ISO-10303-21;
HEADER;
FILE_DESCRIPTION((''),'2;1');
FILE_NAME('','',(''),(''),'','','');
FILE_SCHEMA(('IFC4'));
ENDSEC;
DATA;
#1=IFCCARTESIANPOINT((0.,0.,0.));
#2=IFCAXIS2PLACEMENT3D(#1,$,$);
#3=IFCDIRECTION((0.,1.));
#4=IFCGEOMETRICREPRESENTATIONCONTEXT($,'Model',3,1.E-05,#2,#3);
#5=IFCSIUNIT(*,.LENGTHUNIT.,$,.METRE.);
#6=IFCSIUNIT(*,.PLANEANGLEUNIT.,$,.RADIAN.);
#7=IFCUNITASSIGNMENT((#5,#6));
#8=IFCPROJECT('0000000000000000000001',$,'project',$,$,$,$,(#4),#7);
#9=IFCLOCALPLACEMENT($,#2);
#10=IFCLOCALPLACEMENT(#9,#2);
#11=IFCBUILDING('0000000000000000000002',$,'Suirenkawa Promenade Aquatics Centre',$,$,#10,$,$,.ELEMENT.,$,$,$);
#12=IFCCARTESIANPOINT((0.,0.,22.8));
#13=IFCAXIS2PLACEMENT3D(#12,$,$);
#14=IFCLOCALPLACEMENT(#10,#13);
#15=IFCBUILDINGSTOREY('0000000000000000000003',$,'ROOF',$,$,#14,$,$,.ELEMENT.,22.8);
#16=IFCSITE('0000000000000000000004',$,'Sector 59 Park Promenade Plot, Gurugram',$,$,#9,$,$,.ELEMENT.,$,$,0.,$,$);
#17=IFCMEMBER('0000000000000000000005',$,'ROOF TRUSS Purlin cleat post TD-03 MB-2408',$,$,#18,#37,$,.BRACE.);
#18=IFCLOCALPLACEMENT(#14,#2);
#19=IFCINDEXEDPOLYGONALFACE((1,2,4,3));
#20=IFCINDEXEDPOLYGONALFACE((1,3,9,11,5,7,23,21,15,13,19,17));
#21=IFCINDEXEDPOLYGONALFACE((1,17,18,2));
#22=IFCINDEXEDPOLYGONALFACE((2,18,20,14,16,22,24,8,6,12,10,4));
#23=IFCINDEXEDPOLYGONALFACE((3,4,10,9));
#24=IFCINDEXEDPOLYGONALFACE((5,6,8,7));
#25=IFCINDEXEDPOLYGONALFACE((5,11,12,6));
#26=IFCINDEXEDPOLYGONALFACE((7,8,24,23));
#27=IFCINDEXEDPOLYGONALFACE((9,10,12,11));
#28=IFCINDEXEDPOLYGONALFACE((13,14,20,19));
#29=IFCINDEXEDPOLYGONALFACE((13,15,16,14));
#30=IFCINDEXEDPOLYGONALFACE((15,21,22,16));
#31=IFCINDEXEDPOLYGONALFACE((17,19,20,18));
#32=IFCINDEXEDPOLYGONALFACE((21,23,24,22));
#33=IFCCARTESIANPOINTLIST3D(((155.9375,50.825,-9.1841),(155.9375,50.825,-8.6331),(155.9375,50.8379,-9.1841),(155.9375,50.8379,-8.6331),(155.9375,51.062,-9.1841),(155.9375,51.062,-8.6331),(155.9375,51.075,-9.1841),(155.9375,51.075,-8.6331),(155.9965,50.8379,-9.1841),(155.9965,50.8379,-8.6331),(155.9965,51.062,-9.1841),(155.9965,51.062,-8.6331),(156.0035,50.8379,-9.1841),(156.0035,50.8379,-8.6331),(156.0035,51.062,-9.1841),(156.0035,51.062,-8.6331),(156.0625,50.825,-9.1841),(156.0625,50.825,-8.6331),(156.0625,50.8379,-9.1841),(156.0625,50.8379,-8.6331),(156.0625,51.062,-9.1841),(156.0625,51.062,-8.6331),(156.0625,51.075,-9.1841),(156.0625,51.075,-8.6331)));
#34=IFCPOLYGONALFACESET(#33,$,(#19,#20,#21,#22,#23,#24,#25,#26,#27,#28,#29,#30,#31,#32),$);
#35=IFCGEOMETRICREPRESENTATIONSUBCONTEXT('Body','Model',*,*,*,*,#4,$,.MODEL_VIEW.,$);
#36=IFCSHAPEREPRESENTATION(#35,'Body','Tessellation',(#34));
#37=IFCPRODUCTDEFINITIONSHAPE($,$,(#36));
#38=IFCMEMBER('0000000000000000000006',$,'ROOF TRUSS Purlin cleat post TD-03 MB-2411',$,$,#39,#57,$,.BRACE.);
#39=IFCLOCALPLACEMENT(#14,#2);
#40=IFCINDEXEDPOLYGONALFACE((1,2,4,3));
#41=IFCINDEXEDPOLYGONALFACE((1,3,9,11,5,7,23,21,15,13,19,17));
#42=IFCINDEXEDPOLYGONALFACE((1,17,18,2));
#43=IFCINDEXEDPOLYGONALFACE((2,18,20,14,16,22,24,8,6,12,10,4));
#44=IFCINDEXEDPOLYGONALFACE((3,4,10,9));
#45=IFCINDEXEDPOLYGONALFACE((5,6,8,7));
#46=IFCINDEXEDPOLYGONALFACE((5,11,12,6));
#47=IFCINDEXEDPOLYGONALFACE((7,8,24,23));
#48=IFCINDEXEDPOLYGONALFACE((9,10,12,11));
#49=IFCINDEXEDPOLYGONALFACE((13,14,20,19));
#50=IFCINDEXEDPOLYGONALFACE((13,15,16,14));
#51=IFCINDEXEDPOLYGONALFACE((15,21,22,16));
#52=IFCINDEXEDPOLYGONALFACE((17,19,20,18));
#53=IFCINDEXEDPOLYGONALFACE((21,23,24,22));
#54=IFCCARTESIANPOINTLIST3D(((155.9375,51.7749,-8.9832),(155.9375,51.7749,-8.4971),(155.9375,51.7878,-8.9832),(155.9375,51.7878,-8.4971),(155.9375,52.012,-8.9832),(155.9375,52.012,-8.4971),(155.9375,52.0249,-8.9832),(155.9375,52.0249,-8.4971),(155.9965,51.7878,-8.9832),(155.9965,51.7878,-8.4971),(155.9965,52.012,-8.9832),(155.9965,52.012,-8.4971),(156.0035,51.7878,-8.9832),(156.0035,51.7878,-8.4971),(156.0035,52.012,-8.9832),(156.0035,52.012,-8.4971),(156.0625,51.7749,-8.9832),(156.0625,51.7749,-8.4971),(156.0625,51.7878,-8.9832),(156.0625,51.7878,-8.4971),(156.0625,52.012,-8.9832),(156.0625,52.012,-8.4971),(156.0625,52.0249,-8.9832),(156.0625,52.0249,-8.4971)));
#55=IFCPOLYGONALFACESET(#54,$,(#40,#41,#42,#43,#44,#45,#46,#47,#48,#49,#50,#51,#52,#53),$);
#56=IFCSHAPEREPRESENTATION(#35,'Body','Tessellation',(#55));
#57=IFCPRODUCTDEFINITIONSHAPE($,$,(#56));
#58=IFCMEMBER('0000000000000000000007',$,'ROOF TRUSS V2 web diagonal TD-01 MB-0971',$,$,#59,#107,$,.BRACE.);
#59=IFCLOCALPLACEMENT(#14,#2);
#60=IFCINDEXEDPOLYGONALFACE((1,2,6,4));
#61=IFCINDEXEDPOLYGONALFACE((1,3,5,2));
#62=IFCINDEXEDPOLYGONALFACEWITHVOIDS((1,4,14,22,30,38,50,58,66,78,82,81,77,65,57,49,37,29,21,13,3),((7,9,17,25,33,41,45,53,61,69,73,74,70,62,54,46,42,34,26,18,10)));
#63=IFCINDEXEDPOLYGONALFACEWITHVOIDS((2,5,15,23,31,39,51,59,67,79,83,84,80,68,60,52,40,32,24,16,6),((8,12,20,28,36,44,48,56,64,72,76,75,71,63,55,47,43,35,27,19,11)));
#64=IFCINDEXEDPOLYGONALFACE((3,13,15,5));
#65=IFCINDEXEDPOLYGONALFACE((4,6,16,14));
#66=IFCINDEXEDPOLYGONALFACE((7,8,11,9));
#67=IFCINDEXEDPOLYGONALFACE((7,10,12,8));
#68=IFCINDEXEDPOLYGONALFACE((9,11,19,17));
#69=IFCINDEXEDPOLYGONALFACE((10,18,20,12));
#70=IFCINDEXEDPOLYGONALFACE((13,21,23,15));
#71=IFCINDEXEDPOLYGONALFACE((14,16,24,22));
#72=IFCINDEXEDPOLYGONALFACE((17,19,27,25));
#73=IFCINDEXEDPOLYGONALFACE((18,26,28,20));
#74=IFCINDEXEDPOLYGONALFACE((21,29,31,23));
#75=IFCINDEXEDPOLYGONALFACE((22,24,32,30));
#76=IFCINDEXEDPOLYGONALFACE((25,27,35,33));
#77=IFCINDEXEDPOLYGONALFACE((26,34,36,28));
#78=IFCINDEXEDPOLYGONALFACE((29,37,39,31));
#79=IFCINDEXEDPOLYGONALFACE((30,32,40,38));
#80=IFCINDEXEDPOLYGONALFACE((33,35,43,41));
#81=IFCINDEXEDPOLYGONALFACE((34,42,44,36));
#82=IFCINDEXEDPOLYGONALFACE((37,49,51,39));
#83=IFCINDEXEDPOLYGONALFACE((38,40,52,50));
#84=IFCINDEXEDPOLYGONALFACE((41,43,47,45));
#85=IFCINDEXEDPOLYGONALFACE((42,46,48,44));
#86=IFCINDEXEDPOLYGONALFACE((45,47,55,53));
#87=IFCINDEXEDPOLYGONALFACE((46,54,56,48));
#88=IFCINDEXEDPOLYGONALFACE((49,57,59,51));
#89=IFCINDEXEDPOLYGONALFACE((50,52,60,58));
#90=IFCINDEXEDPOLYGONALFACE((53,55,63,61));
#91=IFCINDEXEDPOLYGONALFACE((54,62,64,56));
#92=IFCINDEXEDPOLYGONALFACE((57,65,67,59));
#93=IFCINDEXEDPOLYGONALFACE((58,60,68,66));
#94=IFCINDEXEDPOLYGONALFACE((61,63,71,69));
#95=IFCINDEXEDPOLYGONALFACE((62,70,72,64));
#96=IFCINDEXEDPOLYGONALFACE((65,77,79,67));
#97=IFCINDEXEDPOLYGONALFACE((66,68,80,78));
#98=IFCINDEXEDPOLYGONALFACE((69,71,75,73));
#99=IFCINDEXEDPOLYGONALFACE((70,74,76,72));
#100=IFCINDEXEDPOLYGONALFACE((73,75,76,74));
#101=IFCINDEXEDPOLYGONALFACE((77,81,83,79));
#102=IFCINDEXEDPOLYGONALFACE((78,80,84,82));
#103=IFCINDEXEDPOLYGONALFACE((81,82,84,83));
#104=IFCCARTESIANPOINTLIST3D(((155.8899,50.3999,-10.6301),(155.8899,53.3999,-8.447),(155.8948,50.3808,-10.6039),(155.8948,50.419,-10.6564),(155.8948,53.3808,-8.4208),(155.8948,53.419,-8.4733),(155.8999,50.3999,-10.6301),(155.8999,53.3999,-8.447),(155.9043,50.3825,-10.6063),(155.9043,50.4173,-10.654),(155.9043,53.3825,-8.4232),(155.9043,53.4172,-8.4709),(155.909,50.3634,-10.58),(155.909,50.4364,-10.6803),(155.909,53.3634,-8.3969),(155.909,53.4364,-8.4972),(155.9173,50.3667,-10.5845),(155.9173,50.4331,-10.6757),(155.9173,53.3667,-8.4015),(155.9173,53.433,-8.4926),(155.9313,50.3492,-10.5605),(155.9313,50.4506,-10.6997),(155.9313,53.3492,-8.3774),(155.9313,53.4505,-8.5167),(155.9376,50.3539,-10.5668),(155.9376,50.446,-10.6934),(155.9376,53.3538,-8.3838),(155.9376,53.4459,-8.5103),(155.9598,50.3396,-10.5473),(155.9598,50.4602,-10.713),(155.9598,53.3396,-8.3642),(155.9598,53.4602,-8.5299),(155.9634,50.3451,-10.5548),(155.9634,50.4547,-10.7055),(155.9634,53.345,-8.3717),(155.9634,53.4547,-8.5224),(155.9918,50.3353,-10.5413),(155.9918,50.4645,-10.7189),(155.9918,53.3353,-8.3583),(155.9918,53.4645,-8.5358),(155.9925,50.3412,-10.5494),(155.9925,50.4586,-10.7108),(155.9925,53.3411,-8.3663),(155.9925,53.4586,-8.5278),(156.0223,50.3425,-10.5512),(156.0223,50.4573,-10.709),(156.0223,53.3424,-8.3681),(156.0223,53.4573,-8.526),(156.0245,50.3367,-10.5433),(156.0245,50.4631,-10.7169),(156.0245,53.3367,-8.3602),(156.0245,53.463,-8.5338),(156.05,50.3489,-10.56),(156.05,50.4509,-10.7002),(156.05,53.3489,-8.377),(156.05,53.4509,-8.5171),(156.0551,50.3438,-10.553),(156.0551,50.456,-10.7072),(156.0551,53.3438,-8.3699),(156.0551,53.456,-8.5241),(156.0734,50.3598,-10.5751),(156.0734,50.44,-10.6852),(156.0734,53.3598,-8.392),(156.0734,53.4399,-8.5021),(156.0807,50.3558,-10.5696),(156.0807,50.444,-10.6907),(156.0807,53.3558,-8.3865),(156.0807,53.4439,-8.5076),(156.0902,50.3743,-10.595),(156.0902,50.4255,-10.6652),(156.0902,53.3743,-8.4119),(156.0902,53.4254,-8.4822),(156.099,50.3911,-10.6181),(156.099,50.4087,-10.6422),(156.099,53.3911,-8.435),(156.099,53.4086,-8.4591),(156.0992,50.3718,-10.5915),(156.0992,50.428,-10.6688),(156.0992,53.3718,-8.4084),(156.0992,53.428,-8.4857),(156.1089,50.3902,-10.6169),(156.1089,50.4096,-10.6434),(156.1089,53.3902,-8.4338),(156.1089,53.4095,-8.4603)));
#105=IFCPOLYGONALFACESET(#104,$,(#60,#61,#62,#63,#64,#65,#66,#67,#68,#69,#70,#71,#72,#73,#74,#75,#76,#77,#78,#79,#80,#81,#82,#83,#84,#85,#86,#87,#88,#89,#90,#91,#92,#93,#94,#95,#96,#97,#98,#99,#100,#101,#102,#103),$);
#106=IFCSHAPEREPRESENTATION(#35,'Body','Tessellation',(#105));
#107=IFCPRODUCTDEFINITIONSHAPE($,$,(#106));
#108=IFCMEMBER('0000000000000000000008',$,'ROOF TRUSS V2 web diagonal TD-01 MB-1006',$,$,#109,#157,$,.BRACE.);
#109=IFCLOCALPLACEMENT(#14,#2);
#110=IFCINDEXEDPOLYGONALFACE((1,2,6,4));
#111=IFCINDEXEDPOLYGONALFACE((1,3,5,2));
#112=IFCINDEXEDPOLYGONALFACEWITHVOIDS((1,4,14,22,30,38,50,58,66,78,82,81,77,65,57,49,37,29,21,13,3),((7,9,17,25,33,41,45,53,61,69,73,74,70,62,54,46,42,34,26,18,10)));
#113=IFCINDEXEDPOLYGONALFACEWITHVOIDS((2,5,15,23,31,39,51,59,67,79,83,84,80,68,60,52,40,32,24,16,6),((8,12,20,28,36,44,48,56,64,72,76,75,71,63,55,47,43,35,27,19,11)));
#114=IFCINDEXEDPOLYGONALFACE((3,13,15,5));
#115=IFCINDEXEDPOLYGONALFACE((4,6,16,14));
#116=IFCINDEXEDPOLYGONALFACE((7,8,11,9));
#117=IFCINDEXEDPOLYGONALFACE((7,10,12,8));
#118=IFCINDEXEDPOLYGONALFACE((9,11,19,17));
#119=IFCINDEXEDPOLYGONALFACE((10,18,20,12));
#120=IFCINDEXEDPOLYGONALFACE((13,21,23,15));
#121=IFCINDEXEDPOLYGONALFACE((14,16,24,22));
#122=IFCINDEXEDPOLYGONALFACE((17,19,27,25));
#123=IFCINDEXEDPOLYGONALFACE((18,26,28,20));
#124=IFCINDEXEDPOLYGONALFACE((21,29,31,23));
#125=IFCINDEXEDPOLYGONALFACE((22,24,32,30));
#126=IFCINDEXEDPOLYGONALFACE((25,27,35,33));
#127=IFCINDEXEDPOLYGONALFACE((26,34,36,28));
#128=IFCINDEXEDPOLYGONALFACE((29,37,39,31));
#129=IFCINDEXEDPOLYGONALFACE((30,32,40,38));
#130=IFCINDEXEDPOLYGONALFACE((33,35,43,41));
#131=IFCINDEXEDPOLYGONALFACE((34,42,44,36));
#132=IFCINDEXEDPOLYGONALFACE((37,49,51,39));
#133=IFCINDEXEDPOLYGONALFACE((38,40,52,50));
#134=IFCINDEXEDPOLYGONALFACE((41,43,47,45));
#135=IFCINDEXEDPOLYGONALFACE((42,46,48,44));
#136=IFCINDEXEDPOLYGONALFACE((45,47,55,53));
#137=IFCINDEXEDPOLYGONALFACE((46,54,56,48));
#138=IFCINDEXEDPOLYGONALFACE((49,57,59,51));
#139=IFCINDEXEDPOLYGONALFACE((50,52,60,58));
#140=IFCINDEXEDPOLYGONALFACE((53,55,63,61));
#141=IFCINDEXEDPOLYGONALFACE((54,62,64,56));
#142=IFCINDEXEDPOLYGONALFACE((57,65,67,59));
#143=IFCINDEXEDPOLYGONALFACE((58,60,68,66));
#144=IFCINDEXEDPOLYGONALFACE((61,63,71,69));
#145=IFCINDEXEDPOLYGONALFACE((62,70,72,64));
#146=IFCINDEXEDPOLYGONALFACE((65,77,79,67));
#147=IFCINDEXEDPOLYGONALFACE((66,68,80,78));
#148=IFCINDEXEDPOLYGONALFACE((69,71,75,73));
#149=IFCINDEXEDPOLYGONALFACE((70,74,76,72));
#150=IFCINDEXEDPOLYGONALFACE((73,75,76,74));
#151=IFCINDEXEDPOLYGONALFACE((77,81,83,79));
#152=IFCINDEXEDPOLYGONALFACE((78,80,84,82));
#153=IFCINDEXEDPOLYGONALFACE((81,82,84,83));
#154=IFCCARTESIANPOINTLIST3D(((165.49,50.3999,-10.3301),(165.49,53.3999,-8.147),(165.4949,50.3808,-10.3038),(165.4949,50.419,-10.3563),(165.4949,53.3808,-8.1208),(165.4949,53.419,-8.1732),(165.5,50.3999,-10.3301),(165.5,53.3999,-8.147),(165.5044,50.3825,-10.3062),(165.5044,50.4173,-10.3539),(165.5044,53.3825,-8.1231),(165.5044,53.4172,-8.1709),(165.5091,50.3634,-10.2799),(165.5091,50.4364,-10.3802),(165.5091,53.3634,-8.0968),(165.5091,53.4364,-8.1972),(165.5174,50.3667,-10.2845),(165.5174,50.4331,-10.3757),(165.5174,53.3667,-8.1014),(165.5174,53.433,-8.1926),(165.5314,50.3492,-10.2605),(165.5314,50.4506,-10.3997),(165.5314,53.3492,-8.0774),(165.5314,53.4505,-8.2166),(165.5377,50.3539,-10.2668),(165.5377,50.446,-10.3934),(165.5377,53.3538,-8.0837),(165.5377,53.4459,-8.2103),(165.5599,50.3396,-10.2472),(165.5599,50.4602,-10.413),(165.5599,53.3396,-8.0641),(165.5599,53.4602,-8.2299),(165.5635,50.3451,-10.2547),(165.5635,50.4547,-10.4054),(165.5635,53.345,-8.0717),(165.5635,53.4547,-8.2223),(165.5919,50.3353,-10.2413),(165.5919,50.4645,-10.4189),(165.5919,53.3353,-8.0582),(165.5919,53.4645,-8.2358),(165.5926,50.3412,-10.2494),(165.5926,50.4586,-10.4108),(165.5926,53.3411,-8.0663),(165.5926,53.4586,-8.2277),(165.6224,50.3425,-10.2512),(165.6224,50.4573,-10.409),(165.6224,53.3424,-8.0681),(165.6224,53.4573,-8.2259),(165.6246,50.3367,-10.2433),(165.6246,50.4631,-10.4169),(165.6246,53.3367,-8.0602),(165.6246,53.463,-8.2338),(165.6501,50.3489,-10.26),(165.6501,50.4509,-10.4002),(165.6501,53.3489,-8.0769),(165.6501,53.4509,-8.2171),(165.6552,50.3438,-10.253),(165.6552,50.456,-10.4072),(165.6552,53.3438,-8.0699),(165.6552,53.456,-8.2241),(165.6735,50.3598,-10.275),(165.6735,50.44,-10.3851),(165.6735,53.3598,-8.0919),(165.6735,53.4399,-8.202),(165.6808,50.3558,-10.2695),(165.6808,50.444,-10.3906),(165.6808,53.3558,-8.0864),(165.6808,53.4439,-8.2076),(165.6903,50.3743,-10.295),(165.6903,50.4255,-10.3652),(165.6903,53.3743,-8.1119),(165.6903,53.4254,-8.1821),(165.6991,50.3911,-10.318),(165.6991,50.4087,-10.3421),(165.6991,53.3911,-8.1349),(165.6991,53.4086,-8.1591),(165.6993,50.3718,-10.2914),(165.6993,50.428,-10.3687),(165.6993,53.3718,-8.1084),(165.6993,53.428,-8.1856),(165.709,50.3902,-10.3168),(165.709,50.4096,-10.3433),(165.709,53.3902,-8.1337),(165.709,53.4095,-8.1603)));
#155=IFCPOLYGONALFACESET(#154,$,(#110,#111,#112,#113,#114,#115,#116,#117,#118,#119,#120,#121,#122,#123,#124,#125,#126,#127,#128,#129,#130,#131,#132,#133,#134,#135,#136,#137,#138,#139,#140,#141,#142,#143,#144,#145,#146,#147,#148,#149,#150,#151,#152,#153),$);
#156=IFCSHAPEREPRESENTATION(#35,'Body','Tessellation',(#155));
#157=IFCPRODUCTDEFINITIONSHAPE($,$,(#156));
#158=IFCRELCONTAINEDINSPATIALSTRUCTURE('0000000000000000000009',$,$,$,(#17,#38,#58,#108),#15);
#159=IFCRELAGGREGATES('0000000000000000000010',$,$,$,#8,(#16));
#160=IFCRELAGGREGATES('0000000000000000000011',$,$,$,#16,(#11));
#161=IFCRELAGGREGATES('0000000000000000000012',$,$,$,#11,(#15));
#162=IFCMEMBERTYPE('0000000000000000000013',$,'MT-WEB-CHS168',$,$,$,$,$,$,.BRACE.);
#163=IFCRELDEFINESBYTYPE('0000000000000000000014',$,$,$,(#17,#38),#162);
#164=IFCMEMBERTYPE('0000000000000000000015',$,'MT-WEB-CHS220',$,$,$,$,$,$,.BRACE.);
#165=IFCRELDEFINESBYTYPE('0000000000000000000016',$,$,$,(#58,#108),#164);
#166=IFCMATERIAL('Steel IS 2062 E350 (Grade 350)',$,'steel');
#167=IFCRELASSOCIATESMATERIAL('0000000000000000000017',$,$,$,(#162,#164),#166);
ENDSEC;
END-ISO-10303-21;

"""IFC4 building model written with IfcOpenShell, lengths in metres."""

from ifc_helpers import new_model, si_unit, direction, frame, origin, origin_2d, place, context, subcontext, project, spatial, hollow_circle, i_section, extrude, material, material_profile, profile_set, type_object, element, save


model = new_model("IFC4")

# Units and contexts
model_context = context("Model", 3, precision=1e-05, world=origin(), true_north=direction((0.0, 1.0)))
body_context = subcontext(model_context, "Body", "Model", "MODEL_VIEW")
ifc_project = project(units=[si_unit("LENGTHUNIT", "METRE"), si_unit("PLANEANGLEUNIT", "RADIAN")], contexts=[model_context])

# Site, building, storey
site_placement = place(None, origin())
site = spatial("IfcSite", under=ifc_project, at=site_placement, Name="Sector 59 Park Promenade Plot, Gurugram", CompositionType="ELEMENT", RefElevation=0.0)
building_placement = place(site_placement, origin())
building = spatial("IfcBuilding", under=site, at=building_placement, Name="Suirenkawa Promenade Aquatics Centre", CompositionType="ELEMENT")
storey_placement = place(building_placement, frame((0.0, 0.0, 22.8)))
storey = spatial("IfcBuildingStorey", under=building, at=storey_placement, Name="ROOF", CompositionType="ELEMENT", Elevation=22.8)

# Shared definitions
ifc_material_1 = material(Name="Steel IS 2062 E350 (Grade 350)", Category="steel")

# Members
ifc_material_profile_1 = material_profile(ifc_material_1, i_section(OverallWidth=0.125, OverallDepth=0.25, WebThickness=0.0071, FlangeThickness=0.0129, at=origin_2d()), Name="ISMB 250", Category="steel")
ifc_profile_set_1 = profile_set([ifc_material_profile_1], Name="Steel IS 2062 E350 (Grade 350)")
member_type_1 = type_object("IfcMemberType", Name="MT-WEB-CHS168", PredefinedType="BRACE", material=ifc_profile_set_1)
member_1_placement = place(storey_placement, frame((156.0, 50.95, -9.1841), z_axis=(0.0, 0.0, 1.0), x_axis=(1.0, 0.0, 0.0)))
element("IfcMember", 1, at=member_1_placement, inside=storey, type_object=member_type_1, Name="ROOF TRUSS Purlin cleat post TD-03 MB-2408", PredefinedType="BRACE", context=body_context, shape_type="SweptSolid", body=[
    extrude(i_section(OverallWidth=0.125, OverallDepth=0.25, WebThickness=0.0071, FlangeThickness=0.0129, at=origin_2d()), origin(), (0.0, 0.0, 1.0), 0.551),
])
member_2_placement = place(storey_placement, frame((156.0, 51.8999, -8.9832), z_axis=(0.0, 0.0, 1.0), x_axis=(1.0, 0.0, 0.0)))
element("IfcMember", 2, at=member_2_placement, inside=storey, type_object=member_type_1, Name="ROOF TRUSS Purlin cleat post TD-03 MB-2411", PredefinedType="BRACE", context=body_context, shape_type="SweptSolid", body=[
    extrude(i_section(OverallWidth=0.125, OverallDepth=0.25, WebThickness=0.0071, FlangeThickness=0.0129, at=origin_2d()), origin(), (0.0, 0.0, 1.0), 0.4861),
])
ifc_material_profile_2 = material_profile(ifc_material_1, hollow_circle(Radius=0.1101, WallThickness=0.01, at=origin_2d()), Name="CHS 220x10", Category="steel")
ifc_profile_set_2 = profile_set([ifc_material_profile_2], Name="Steel IS 2062 E350 (Grade 350)")
member_type_2 = type_object("IfcMemberType", Name="MT-WEB-CHS220", PredefinedType="BRACE", material=ifc_profile_set_2)
for number, where, z_axis, x_axis, name in (
    (3, (156.0, 50.3999, -10.6301), (0.0, 0.808571, 0.588399), (-1.0, 0.0, 0.0), "ROOF TRUSS V2 web diagonal TD-01 MB-0971"),
    (4, (165.6001, 50.3999, -10.3301), (0.0, 0.808571, 0.588399), (-1.0, 0.0, 0.0), "ROOF TRUSS V2 web diagonal TD-01 MB-1006"),
):
    element("IfcMember", number, at=place(storey_placement, frame(where, z_axis=z_axis, x_axis=x_axis)), inside=storey, type_object=member_type_2, Name=name, PredefinedType="BRACE", context=body_context, shape_type="SweptSolid", body=[
        extrude(hollow_circle(Radius=0.1101, WallThickness=0.01, at=origin_2d()), origin(), (0.0, 0.0, 1.0), 3.7102),
    ])

save(model, "model.ifc")
